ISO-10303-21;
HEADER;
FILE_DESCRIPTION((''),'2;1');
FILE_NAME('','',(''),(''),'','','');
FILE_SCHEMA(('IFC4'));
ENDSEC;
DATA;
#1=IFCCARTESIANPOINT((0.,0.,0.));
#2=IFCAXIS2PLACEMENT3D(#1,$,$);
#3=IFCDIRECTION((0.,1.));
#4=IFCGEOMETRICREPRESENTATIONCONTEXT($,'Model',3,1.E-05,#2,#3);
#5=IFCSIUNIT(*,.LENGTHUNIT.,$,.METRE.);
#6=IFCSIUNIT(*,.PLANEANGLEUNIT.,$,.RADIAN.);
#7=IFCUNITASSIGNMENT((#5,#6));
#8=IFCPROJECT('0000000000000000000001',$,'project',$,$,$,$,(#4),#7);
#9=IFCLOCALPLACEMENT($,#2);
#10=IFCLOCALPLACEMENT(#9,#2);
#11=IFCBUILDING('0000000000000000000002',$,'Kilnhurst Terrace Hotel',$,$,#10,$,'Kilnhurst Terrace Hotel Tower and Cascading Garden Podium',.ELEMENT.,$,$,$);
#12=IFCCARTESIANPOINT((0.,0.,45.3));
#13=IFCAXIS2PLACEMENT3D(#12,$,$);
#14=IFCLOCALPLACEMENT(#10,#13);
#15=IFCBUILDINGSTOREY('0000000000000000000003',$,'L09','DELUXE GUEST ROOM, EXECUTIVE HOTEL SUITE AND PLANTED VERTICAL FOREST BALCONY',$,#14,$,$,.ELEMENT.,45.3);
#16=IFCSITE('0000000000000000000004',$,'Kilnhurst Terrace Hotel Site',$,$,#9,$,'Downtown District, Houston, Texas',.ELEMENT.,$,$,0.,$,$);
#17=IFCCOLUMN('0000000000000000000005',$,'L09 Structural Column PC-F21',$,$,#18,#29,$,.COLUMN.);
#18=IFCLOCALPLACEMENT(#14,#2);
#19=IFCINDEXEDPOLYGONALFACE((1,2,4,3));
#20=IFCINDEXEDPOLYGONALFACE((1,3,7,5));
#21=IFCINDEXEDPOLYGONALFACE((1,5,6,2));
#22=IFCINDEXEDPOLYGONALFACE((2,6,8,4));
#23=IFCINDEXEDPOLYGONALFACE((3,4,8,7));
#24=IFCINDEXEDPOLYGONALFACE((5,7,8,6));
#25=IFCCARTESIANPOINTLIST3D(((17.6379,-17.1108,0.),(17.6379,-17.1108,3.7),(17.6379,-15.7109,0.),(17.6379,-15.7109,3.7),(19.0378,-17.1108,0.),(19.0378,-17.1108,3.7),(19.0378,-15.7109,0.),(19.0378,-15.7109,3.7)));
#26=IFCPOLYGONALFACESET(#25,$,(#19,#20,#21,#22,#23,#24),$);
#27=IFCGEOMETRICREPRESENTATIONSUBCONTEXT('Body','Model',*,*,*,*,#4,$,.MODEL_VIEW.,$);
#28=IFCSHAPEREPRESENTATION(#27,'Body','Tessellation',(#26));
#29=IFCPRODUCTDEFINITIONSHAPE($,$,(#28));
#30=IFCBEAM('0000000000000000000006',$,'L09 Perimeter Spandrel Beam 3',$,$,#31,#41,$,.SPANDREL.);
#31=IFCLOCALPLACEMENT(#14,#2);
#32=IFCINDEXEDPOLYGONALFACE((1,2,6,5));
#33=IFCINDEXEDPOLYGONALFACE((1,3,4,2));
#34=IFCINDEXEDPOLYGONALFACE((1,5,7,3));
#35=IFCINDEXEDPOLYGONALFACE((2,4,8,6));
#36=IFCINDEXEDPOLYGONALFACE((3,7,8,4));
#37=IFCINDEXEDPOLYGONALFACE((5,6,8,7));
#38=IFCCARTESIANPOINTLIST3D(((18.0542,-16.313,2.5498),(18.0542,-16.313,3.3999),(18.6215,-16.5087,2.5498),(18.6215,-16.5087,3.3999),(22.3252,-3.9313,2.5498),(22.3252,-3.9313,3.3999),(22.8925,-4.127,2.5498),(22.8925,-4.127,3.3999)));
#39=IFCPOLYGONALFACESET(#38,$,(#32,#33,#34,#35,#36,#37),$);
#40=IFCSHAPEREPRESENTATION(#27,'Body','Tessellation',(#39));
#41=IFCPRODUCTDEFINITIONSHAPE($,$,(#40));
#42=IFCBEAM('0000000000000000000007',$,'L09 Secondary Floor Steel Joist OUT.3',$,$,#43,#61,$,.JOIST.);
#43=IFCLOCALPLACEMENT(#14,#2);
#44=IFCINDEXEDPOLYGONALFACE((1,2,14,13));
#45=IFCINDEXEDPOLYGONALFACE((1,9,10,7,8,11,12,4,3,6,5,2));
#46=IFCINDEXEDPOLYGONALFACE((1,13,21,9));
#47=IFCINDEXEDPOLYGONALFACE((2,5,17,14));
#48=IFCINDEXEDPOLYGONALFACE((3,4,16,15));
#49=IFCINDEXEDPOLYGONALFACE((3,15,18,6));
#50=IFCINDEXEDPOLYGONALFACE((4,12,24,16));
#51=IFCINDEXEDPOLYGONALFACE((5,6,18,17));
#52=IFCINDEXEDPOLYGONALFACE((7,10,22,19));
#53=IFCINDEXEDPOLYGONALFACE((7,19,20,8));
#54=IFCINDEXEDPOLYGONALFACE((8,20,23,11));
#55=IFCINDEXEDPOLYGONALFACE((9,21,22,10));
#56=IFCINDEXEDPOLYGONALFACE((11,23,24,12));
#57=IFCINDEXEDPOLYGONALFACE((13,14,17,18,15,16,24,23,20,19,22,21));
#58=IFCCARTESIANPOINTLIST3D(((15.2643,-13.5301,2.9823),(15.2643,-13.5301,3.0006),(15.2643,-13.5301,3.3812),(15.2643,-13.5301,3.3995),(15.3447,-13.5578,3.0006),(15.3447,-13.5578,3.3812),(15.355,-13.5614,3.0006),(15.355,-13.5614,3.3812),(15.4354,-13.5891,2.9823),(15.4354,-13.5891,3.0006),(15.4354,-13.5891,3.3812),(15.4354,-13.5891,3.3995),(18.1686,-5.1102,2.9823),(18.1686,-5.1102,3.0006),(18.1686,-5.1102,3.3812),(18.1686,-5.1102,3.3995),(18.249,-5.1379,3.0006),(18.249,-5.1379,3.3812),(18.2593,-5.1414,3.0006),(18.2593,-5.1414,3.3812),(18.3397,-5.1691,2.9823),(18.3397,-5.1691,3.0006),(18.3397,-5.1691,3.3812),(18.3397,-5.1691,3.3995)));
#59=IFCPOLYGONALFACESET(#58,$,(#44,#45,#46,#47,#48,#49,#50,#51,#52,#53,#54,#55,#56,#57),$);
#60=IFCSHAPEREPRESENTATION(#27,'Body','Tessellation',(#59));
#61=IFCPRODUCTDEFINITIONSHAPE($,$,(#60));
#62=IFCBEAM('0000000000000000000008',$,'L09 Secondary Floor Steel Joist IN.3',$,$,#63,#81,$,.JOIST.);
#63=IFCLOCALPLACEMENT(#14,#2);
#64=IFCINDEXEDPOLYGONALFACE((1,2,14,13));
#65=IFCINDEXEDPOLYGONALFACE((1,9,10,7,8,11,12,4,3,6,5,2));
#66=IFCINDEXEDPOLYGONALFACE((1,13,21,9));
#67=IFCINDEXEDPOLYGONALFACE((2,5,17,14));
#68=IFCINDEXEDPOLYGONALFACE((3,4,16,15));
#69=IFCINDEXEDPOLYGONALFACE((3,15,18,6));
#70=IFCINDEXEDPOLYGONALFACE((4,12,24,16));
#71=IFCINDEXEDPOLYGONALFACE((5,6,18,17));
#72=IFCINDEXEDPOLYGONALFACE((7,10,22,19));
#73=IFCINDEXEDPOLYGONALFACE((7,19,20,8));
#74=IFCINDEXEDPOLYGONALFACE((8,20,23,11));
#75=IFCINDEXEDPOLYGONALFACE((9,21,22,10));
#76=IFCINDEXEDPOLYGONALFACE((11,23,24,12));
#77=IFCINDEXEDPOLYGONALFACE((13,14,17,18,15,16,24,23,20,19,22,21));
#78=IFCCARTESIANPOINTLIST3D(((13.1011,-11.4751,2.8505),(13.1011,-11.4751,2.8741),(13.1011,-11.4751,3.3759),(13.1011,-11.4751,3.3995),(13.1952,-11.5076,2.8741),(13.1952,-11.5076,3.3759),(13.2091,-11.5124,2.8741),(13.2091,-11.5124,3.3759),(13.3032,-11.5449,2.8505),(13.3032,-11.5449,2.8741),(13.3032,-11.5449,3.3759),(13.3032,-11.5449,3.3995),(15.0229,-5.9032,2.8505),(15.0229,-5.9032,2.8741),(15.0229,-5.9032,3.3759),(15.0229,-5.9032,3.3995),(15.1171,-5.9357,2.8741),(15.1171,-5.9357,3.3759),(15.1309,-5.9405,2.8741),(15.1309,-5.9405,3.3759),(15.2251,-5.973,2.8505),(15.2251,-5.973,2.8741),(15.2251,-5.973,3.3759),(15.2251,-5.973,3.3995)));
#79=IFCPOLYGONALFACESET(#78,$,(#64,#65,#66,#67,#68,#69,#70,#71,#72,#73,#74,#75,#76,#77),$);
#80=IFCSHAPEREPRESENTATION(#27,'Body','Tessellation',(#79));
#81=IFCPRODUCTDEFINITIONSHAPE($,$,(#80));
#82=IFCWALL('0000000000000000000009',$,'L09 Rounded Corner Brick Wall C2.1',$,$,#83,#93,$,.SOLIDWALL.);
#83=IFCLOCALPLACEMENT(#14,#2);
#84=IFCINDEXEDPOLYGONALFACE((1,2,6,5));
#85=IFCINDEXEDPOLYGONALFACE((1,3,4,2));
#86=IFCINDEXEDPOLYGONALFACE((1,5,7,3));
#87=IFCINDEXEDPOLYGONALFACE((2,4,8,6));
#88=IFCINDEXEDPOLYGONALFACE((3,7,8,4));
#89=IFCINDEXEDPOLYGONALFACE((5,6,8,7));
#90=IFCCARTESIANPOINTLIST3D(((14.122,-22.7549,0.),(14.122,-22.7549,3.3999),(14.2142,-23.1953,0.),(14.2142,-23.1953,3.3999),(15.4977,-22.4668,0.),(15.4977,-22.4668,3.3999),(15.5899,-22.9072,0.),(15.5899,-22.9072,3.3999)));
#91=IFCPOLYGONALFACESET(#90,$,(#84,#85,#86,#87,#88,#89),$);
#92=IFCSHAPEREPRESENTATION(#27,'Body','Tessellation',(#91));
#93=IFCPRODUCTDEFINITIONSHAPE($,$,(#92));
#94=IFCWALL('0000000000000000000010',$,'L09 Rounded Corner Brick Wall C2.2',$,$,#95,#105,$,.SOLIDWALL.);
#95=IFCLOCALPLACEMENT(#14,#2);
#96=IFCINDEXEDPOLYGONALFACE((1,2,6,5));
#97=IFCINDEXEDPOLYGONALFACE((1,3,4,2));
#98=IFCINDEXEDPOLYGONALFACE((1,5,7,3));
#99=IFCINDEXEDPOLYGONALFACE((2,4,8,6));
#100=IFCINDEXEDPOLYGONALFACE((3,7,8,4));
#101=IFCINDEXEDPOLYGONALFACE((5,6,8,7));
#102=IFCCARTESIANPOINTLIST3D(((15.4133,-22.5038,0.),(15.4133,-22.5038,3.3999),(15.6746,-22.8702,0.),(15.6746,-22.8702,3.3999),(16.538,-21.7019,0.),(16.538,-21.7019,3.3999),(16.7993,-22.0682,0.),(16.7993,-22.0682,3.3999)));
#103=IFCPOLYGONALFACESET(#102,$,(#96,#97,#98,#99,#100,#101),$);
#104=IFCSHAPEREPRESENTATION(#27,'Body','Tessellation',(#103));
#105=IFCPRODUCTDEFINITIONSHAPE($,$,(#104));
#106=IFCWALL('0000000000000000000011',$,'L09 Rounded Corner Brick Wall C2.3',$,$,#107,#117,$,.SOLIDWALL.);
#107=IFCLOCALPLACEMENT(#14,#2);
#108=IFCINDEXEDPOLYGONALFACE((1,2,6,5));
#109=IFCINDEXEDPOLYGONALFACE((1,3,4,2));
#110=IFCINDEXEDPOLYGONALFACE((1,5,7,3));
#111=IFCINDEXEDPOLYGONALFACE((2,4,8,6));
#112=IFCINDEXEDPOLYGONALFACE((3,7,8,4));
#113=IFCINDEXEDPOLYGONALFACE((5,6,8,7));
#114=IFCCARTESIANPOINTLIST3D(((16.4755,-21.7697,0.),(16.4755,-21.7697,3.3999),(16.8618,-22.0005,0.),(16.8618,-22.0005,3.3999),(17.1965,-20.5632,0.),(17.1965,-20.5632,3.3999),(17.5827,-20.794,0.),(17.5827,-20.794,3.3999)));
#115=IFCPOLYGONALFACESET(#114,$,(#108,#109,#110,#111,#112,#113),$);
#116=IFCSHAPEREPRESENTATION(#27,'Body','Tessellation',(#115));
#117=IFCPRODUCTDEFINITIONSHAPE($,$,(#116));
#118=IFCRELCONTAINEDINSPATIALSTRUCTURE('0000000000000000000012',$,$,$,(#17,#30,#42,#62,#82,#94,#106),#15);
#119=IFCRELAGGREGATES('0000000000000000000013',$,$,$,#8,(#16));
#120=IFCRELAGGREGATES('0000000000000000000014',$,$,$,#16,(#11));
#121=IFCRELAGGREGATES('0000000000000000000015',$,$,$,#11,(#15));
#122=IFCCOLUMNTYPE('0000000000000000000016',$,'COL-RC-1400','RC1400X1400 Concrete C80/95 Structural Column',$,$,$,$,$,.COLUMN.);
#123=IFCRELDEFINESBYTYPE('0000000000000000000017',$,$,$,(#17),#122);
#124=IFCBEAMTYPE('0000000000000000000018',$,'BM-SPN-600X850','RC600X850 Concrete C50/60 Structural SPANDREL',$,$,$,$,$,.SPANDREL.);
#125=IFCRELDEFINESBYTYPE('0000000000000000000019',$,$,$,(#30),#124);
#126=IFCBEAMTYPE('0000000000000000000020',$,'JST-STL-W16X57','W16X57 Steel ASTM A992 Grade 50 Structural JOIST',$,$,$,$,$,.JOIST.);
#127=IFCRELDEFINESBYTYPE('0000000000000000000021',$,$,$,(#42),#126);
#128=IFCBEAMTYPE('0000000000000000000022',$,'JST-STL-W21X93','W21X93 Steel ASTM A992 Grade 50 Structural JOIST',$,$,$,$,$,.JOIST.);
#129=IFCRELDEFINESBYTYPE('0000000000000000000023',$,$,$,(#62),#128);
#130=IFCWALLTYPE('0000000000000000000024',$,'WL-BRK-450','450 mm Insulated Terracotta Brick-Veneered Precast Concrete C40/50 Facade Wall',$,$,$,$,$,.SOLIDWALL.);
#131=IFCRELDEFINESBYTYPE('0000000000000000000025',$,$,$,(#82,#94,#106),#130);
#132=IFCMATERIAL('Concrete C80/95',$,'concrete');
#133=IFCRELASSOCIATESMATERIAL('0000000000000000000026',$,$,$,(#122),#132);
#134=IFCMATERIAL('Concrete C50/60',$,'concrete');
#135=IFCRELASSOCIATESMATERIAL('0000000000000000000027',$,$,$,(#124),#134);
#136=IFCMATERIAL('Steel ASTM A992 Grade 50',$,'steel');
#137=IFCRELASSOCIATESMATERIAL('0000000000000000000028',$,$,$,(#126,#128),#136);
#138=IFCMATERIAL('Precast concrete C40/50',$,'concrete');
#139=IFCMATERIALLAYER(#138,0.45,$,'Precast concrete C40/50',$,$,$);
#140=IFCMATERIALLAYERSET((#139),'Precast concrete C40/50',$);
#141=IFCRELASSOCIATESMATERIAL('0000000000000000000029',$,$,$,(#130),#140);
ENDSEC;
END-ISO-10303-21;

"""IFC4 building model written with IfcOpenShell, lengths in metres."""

from ifc_helpers import new_model, si_unit, direction, frame, frame_2d, origin, origin_2d, place, context, subcontext, project, spatial, rectangle, i_section, extrude, material, layer, layer_set, material_profile, profile_set, type_object, element, save


model = new_model("IFC4")

# Units and contexts
model_context = context("Model", 3, precision=1e-05, world=origin(), true_north=direction((0.0, 1.0)))
body_context = subcontext(model_context, "Body", "Model", "MODEL_VIEW")
ifc_project = project(units=[si_unit("LENGTHUNIT", "METRE"), si_unit("PLANEANGLEUNIT", "RADIAN")], contexts=[model_context])

# Site, building, storey
site_placement = place(None, origin())
site = spatial("IfcSite", under=ifc_project, at=site_placement, Name="Kilnhurst Terrace Hotel Site", LongName="Downtown District, Houston, Texas", CompositionType="ELEMENT", RefElevation=0.0)
building_placement = place(site_placement, origin())
building = spatial("IfcBuilding", under=site, at=building_placement, Name="Kilnhurst Terrace Hotel", LongName="Kilnhurst Terrace Hotel Tower and Cascading Garden Podium", CompositionType="ELEMENT")
storey_placement = place(building_placement, frame((0.0, 0.0, 45.3)))
storey = spatial("IfcBuildingStorey", under=building, at=storey_placement, Name="L09", Description="DELUXE GUEST ROOM, EXECUTIVE HOTEL SUITE AND PLANTED VERTICAL FOREST BALCONY", CompositionType="ELEMENT", Elevation=45.3)

# Column
ifc_material_1 = material(Name="Concrete C80/95", Category="concrete")
ifc_material_profile_1 = material_profile(ifc_material_1, rectangle(XDim=1.3999, YDim=1.3999, at=origin_2d()), Name="RC1400X1400")
ifc_profile_set_1 = profile_set([ifc_material_profile_1], Name="Concrete C80/95")
column_type = type_object("IfcColumnType", Name="COL-RC-1400", Description="RC1400X1400 Concrete C80/95 Structural Column", PredefinedType="COLUMN", material=ifc_profile_set_1)
column_placement = place(storey_placement, frame((18.3379, -16.4109, 0.0), z_axis=(0.0, 0.0, 1.0), x_axis=(1.0, 0.0, 0.0)))
element("IfcColumn", 1, at=column_placement, inside=storey, type_object=column_type, Name="L09 Structural Column PC-F21", PredefinedType="COLUMN", context=body_context, shape_type="SweptSolid", body=[
    extrude(rectangle(XDim=1.3999, YDim=1.3999, at=origin_2d()), origin(), (0.0, 0.0, 1.0), 3.7),
])

# Beams
ifc_material_2 = material(Name="Concrete C50/60", Category="concrete")
ifc_material_profile_2 = material_profile(ifc_material_2, rectangle(XDim=0.6001, YDim=0.8501, at=origin_2d()), Name="RC600X850")
ifc_profile_set_2 = profile_set([ifc_material_profile_2], Name="Concrete C50/60")
beam_type_1 = type_object("IfcBeamType", Name="BM-SPN-600X850", Description="RC600X850 Concrete C50/60 Structural SPANDREL", PredefinedType="SPANDREL", material=ifc_profile_set_2)
beam_1_placement = place(storey_placement, frame((18.3379, -16.4109, 2.9749), z_axis=(0.326086, 0.94534, 0.0), x_axis=(-0.94534, 0.326086, 0.0)))
element("IfcBeam", 2, at=beam_1_placement, inside=storey, type_object=beam_type_1, Name="L09 Perimeter Spandrel Beam 3", PredefinedType="SPANDREL", context=body_context, shape_type="SweptSolid", body=[
    extrude(rectangle(XDim=0.6001, YDim=0.8501, at=origin_2d()), origin(), (0.0, 0.0, 1.0), 13.0977),
])
ifc_material_3 = material(Name="Steel ASTM A992 Grade 50", Category="steel")
ifc_material_profile_3 = material_profile(ifc_material_3, i_section(OverallWidth=0.1809, OverallDepth=0.4172, WebThickness=0.011, FlangeThickness=0.0183, at=origin_2d()), Name="W16X57")
ifc_profile_set_3 = profile_set([ifc_material_profile_3], Name="Steel ASTM A992 Grade 50")
beam_type_2 = type_object("IfcBeamType", Name="JST-STL-W16X57", Description="W16X57 Steel ASTM A992 Grade 50 Structural JOIST", PredefinedType="JOIST", material=ifc_profile_set_3)
beam_2_placement = place(storey_placement, frame((15.3499, -13.5596, 3.1909), z_axis=(0.326079, 0.945343, 0.0), x_axis=(-0.945343, 0.326079, 0.0)))
element("IfcBeam", 3, at=beam_2_placement, inside=storey, type_object=beam_type_2, Name="L09 Secondary Floor Steel Joist OUT.3", PredefinedType="JOIST", context=body_context, shape_type="SweptSolid", body=[
    extrude(i_section(OverallWidth=0.1809, OverallDepth=0.4172, WebThickness=0.011, FlangeThickness=0.0183, at=origin_2d()), origin(), (0.0, 0.0, 1.0), 8.9067),
])
ifc_material_profile_4 = material_profile(ifc_material_3, i_section(OverallWidth=0.2139, OverallDepth=0.5491, WebThickness=0.0146, FlangeThickness=0.0237, at=origin_2d()), Name="W21X93")
ifc_profile_set_4 = profile_set([ifc_material_profile_4], Name="Steel ASTM A992 Grade 50")
beam_type_3 = type_object("IfcBeamType", Name="JST-STL-W21X93", Description="W21X93 Steel ASTM A992 Grade 50 Structural JOIST", PredefinedType="JOIST", material=ifc_profile_set_4)
beam_3_placement = place(storey_placement, frame((13.2021, -11.51, 3.125), z_axis=(0.326065, 0.945347, 0.0), x_axis=(-0.945347, 0.326065, 0.0)))
element("IfcBeam", 4, at=beam_3_placement, inside=storey, type_object=beam_type_3, Name="L09 Secondary Floor Steel Joist IN.3", PredefinedType="JOIST", context=body_context, shape_type="SweptSolid", body=[
    extrude(i_section(OverallWidth=0.2139, OverallDepth=0.5491, WebThickness=0.0146, FlangeThickness=0.0237, at=origin_2d()), origin(), (0.0, 0.0, 1.0), 5.894),
])

# Walls
ifc_material_4 = material(Name="Precast concrete C40/50", Category="concrete")
ifc_layer_1 = layer(ifc_material_4, 0.45, Name="Precast concrete C40/50")
ifc_layer_set_1 = layer_set([ifc_layer_1], Name="Precast concrete C40/50")
wall_type_1 = type_object("IfcWallType", Name="WL-BRK-450", Description="450 mm Insulated Terracotta Brick-Veneered Precast Concrete C40/50 Facade Wall", PredefinedType="SOLIDWALL", material=ifc_layer_set_1)
wall_1_placement = place(storey_placement, frame((14.1682, -22.9751, 0.0), z_axis=(0.0, 0.0, 1.0), x_axis=(0.97877, 0.20496, 0.0)))
element("IfcWall", 5, at=wall_1_placement, inside=storey, type_object=wall_type_1, Name="L09 Rounded Corner Brick Wall C2.1", PredefinedType="SOLIDWALL", context=body_context, shape_type="SweptSolid", body=[
    extrude(rectangle(XDim=1.4055, YDim=0.45, at=frame_2d((0.7026, 0.0))), origin(), (0.0, 0.0, 1.0), 3.3999),
])
wall_2_placement = place(storey_placement, frame((15.5439, -22.687, 0.0), z_axis=(0.0, 0.0, 1.0), x_axis=(0.814211, 0.580569, 0.0)))
element("IfcWall", 6, at=wall_2_placement, inside=storey, type_object=wall_type_1, Name="L09 Rounded Corner Brick Wall C2.2", PredefinedType="SOLIDWALL", context=body_context, shape_type="SweptSolid", body=[
    extrude(rectangle(XDim=1.3813, YDim=0.45, at=frame_2d((0.6907, 0.0))), origin(), (0.0, 0.0, 1.0), 3.3999),
])
wall_3_placement = place(storey_placement, frame((16.6687, -21.885, 0.0), z_axis=(0.0, 0.0, 1.0), x_axis=(0.512937, 0.858426, 0.0)))
element("IfcWall", 7, at=wall_3_placement, inside=storey, type_object=wall_type_1, Name="L09 Rounded Corner Brick Wall C2.3", PredefinedType="SOLIDWALL", context=body_context, shape_type="SweptSolid", body=[
    extrude(rectangle(XDim=1.4055, YDim=0.45, at=frame_2d((0.7026, 0.0))), origin(), (0.0, 0.0, 1.0), 3.3999),
])

save(model, "model.ifc")
